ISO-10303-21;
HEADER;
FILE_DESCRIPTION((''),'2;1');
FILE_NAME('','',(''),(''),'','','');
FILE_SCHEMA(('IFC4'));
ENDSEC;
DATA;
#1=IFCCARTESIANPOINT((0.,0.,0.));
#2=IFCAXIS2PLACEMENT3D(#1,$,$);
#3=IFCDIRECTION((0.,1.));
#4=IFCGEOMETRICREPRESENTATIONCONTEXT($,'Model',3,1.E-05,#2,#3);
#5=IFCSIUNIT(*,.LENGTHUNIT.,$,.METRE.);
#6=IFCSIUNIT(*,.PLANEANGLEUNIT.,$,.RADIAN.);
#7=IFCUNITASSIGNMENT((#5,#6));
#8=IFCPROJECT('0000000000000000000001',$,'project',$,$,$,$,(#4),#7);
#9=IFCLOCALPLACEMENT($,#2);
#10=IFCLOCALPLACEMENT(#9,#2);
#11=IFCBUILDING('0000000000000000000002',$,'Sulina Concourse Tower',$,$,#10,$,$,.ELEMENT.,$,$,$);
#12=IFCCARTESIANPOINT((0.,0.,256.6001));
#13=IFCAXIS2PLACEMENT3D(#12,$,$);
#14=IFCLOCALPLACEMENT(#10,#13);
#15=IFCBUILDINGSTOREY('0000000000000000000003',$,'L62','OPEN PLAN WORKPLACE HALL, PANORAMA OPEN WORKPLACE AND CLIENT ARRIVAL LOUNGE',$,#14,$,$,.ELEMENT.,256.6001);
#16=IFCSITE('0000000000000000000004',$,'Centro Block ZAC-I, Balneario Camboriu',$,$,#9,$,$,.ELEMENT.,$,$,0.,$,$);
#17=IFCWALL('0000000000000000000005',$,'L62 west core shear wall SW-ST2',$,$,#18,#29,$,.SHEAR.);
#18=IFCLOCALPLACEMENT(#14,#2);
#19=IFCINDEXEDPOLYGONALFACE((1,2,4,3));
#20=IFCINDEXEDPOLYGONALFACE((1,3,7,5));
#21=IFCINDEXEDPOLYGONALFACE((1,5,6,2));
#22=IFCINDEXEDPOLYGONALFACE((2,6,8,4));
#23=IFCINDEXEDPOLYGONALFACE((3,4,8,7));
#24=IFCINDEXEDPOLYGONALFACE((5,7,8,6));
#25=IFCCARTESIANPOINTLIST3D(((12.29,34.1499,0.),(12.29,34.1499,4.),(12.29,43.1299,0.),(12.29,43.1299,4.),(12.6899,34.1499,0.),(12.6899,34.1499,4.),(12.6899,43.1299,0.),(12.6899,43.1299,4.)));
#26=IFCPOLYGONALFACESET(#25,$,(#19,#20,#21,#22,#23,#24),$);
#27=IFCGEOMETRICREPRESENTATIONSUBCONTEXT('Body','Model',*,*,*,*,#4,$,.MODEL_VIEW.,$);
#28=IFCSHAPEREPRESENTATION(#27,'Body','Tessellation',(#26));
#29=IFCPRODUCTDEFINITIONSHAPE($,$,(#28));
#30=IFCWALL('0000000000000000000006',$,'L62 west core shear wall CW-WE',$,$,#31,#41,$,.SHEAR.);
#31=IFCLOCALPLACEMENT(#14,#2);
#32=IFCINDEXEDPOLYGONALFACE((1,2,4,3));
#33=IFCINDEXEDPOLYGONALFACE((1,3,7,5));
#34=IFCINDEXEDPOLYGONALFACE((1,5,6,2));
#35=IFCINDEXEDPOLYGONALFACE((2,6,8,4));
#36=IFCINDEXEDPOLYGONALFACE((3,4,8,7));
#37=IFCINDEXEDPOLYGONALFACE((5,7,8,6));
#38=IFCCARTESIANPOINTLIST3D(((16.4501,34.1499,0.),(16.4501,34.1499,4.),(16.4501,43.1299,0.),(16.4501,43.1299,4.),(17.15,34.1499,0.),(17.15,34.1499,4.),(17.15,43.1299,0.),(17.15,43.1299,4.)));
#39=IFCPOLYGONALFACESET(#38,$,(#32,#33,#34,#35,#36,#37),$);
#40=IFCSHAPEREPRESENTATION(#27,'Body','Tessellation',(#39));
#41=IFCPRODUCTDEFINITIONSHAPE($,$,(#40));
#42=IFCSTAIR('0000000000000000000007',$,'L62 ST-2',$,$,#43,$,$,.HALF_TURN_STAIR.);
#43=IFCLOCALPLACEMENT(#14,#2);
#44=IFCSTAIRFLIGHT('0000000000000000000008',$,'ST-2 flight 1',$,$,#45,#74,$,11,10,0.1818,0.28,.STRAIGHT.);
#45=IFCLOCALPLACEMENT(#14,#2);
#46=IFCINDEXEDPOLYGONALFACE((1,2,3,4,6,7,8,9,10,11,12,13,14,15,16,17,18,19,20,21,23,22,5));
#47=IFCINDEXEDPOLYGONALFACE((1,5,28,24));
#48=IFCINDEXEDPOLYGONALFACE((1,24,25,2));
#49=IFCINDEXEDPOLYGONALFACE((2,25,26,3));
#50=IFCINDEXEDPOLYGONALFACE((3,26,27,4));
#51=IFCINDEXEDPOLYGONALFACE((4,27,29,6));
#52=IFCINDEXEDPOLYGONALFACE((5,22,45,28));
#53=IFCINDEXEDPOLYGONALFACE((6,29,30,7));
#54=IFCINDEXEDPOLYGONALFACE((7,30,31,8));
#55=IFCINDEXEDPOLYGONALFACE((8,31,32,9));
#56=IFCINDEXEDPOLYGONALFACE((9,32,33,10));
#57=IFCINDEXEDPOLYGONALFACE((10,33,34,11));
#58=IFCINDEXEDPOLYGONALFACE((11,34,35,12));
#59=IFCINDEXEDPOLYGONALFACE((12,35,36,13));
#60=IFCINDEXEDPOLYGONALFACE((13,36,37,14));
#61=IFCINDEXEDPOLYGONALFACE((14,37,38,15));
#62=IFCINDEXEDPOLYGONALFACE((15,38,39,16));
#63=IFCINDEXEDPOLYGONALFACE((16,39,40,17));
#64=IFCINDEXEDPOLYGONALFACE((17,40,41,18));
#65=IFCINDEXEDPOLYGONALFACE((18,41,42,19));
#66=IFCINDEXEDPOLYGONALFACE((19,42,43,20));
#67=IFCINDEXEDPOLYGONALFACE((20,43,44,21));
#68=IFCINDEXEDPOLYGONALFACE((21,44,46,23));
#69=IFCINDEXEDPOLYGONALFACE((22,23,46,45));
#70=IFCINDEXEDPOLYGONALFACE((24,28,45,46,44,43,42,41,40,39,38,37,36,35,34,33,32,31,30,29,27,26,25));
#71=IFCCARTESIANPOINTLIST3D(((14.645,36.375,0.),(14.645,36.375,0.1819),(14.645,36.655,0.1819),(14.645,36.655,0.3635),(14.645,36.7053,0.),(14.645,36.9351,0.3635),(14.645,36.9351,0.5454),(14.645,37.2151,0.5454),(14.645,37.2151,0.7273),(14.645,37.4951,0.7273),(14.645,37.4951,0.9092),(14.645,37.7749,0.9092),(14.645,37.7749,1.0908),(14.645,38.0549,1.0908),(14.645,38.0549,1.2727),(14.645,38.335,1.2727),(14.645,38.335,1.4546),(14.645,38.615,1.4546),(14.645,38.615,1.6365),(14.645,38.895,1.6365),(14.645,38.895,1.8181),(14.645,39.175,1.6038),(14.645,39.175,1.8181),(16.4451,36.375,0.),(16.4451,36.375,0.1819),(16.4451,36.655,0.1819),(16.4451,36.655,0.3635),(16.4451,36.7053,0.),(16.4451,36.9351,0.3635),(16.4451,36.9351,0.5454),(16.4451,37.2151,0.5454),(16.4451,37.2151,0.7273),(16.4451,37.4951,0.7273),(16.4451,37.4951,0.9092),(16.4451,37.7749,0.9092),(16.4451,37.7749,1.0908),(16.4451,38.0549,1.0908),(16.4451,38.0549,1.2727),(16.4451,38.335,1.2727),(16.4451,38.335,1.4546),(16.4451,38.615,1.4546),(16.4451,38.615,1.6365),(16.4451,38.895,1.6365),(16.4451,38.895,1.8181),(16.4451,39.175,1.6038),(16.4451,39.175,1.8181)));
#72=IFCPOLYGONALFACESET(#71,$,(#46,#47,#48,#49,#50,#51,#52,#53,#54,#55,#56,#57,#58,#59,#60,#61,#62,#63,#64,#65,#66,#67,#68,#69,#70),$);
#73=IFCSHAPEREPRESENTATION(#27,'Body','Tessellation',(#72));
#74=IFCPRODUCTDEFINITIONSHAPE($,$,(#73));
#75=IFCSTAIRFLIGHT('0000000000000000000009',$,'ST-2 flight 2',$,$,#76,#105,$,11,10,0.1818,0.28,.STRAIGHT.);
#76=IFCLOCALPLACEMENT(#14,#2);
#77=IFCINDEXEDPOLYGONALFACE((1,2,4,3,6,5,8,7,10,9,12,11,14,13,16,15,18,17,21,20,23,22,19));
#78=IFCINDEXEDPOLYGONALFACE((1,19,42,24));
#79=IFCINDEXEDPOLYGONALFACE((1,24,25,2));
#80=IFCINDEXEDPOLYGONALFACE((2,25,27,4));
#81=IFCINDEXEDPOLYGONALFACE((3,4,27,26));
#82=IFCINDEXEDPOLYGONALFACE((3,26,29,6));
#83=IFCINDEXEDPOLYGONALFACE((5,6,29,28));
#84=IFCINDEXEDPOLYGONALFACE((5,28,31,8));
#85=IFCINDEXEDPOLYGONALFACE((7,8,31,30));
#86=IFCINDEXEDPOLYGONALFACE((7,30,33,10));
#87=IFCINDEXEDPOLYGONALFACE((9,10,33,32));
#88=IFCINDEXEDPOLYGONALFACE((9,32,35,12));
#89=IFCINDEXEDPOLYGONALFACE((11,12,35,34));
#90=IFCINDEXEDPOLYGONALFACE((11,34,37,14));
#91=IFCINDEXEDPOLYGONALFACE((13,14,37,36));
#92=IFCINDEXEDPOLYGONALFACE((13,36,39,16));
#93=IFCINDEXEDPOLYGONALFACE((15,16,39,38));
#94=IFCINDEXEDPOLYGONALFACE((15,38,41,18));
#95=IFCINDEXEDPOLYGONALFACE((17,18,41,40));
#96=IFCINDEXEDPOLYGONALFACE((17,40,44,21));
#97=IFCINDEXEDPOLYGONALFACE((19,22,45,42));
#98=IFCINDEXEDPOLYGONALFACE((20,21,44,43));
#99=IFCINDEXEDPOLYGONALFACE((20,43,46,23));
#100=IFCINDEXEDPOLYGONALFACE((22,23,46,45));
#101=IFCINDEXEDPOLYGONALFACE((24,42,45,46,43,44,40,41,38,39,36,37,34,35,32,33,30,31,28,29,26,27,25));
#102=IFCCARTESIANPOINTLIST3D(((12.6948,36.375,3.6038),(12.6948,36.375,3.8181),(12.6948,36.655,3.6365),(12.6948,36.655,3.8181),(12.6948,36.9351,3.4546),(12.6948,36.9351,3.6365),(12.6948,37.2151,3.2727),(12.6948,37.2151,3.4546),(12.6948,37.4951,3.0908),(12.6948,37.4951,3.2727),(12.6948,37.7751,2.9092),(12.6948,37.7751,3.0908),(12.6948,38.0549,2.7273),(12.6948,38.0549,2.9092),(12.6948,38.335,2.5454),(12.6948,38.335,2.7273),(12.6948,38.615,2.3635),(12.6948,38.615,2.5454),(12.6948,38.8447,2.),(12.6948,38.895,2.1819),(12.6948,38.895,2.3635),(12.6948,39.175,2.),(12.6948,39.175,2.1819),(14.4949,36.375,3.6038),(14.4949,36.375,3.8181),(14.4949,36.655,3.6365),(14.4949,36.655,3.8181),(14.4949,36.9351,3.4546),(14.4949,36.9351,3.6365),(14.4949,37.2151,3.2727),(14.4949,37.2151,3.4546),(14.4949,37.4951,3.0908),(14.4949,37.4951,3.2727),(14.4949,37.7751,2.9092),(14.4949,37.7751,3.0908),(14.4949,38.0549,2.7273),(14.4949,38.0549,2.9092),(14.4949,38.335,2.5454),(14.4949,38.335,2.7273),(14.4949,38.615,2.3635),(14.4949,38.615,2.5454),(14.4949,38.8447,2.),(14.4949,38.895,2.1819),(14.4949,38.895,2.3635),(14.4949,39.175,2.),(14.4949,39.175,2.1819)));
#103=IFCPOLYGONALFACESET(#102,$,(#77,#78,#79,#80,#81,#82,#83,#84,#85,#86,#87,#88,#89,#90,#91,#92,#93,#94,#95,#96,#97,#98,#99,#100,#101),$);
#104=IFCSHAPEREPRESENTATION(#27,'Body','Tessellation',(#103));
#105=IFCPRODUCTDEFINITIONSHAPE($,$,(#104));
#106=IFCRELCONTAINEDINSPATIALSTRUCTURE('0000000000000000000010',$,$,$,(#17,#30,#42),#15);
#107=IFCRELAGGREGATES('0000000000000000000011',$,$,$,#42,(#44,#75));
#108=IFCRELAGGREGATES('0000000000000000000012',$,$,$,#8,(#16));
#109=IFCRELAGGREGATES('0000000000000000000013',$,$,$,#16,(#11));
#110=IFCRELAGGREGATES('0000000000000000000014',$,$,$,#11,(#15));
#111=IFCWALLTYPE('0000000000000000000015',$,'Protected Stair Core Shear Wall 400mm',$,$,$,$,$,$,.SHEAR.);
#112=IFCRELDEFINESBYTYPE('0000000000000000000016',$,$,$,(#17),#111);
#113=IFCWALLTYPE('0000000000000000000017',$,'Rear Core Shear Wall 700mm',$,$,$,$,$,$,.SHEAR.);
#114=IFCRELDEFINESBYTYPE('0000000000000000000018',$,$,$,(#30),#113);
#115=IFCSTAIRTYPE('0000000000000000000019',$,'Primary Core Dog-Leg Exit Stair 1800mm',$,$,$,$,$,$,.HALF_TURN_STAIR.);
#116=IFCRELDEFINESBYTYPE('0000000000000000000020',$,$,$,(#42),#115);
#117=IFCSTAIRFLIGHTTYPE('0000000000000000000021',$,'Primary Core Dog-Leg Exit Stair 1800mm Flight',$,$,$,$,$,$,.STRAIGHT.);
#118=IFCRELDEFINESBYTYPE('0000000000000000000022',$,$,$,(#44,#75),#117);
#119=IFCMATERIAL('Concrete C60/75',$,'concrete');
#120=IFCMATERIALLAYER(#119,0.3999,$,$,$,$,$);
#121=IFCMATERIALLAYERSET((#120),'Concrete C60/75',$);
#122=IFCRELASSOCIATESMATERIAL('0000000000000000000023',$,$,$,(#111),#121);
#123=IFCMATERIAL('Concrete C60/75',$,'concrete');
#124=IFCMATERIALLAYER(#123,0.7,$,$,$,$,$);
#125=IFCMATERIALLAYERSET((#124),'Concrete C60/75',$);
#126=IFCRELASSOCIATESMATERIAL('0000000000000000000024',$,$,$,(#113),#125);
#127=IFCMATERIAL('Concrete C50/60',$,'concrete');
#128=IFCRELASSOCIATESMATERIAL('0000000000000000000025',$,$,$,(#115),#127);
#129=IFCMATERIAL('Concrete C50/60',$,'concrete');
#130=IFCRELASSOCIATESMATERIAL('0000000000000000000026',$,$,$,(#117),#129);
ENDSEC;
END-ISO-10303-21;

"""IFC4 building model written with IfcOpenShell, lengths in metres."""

from ifc_helpers import new_model, si_unit, direction, frame, frame_2d, origin, place, context, subcontext, project, spatial, polyline, rectangle, outline, extrude, material, layer, layer_set, type_object, element, aggregate, save


model = new_model("IFC4")

# Units and contexts
model_context = context("Model", 3, precision=1e-05, world=origin(), true_north=direction((0.0, 1.0)))
body_context = subcontext(model_context, "Body", "Model", "MODEL_VIEW")
ifc_project = project(units=[si_unit("LENGTHUNIT", "METRE"), si_unit("PLANEANGLEUNIT", "RADIAN")], contexts=[model_context])

# Site, building, storey
site_placement = place(None, origin())
site = spatial("IfcSite", under=ifc_project, at=site_placement, Name="Centro Block ZAC-I, Balneario Camboriu", CompositionType="ELEMENT", RefElevation=0.0)
building_placement = place(site_placement, origin())
building = spatial("IfcBuilding", under=site, at=building_placement, Name="Sulina Concourse Tower", CompositionType="ELEMENT")
storey_placement = place(building_placement, frame((0.0, 0.0, 256.6001)))
storey = spatial("IfcBuildingStorey", under=building, at=storey_placement, Name="L62", Description="OPEN PLAN WORKPLACE HALL, PANORAMA OPEN WORKPLACE AND CLIENT ARRIVAL LOUNGE", CompositionType="ELEMENT", Elevation=256.6001)

# Shared definitions
ifc_material_1 = material(Name="Concrete C60/75", Category="concrete")
ifc_layer_1 = layer(ifc_material_1, 0.3999)
ifc_layer_set_1 = layer_set([ifc_layer_1], Name="Concrete C60/75")
wall_type_1 = type_object("IfcWallType", Name="Protected Stair Core Shear Wall 400mm", PredefinedType="SHEAR", material=ifc_layer_set_1)

# Walls
wall_1_placement = place(storey_placement, frame((12.49, 34.1499, 0.0), z_axis=(0.0, 0.0, 1.0), x_axis=(0.0, 1.0, 0.0)))
element("IfcWall", 1, at=wall_1_placement, inside=storey, type_object=wall_type_1, Name="L62 west core shear wall SW-ST2", PredefinedType="SHEAR", context=body_context, shape_type="SweptSolid", body=[
    extrude(rectangle(XDim=8.98, YDim=0.3999, at=frame_2d((4.49, 0.0))), origin(), (0.0, 0.0, 1.0), 4.0),
])
ifc_material_2 = material(Name="Concrete C60/75", Category="concrete")
ifc_layer_2 = layer(ifc_material_2, 0.7)
ifc_layer_set_2 = layer_set([ifc_layer_2], Name="Concrete C60/75")
wall_type_2 = type_object("IfcWallType", Name="Rear Core Shear Wall 700mm", PredefinedType="SHEAR", material=ifc_layer_set_2)
wall_2_placement = place(storey_placement, frame((16.8, 34.1499, 0.0), z_axis=(0.0, 0.0, 1.0), x_axis=(0.0, 1.0, 0.0)))
element("IfcWall", 2, at=wall_2_placement, inside=storey, type_object=wall_type_2, Name="L62 west core shear wall CW-WE", PredefinedType="SHEAR", context=body_context, shape_type="SweptSolid", body=[
    extrude(rectangle(XDim=8.98, YDim=0.7, at=frame_2d((4.49, 0.0))), origin(), (0.0, 0.0, 1.0), 4.0),
])

# Stair, stair flights
ifc_material_3 = material(Name="Concrete C50/60", Category="concrete")
stair_type = type_object("IfcStairType", Name="Primary Core Dog-Leg Exit Stair 1800mm", PredefinedType="HALF_TURN_STAIR", material=ifc_material_3)
stair_placement = place(storey_placement, origin())
stair = element("IfcStair", 3, at=stair_placement, inside=storey, type_object=stair_type, Name="L62 ST-2", PredefinedType="HALF_TURN_STAIR")
ifc_material_4 = material(Name="Concrete C50/60", Category="concrete")
stair_flight_type = type_object("IfcStairFlightType", Name="Primary Core Dog-Leg Exit Stair 1800mm Flight", PredefinedType="STRAIGHT", material=ifc_material_4)
stair_flight_1_placement = place(storey_placement, frame((15.5449, 36.375, 0.0), z_axis=(0.0, 0.0, 1.0), x_axis=(0.0, 1.0, 0.0)))
stair_flight_1 = element("IfcStairFlight", 4, at=stair_flight_1_placement, type_object=stair_flight_type, Name="ST-2 flight 1", NumberOfRisers=11, NumberOfTreads=10, PredefinedType="STRAIGHT", RiserHeight=0.1818, TreadLength=0.28, context=body_context, shape_type="SweptSolid", body=[
    extrude(outline(polyline([(0.0, 0.0), (0.0, 0.1819), (0.28, 0.1819), (0.28, 0.3635), (0.5601, 0.3635), (0.5601, 0.5454), (0.8401, 0.5454), (0.8401, 0.7273), (1.1201, 0.7273), (1.1201, 0.9092), (1.3999, 0.9092), (1.3999, 1.0908), (1.6799, 1.0908), (1.6799, 1.2727), (1.96, 1.2727), (1.96, 1.4546), (2.24, 1.4546), (2.24, 1.6365), (2.52, 1.6365), (2.52, 1.8181), (2.8, 1.8181), (2.8, 2.0), (2.8, 1.6038), (0.3303, 0.0), (0.0, 0.0)])), frame((0.0, 0.8999, 0.0), z_axis=(0.0, -1.0, 0.0), x_axis=(1.0, 0.0, 0.0)), (0.0, 0.0, 1.0), 1.8),
])
stair_flight_2_placement = place(storey_placement, frame((13.595, 39.175, 2.0), z_axis=(0.0, 0.0, 1.0), x_axis=(0.0, -1.0, 0.0)))
stair_flight_2 = element("IfcStairFlight", 5, at=stair_flight_2_placement, type_object=stair_flight_type, Name="ST-2 flight 2", NumberOfRisers=11, NumberOfTreads=10, PredefinedType="STRAIGHT", RiserHeight=0.1818, TreadLength=0.28, context=body_context, shape_type="SweptSolid", body=[
    extrude(outline(polyline([(0.0, 0.0), (0.0, 0.1819), (0.28, 0.1819), (0.28, 0.3635), (0.5601, 0.3635), (0.5601, 0.5454), (0.8401, 0.5454), (0.8401, 0.7273), (1.1201, 0.7273), (1.1201, 0.9092), (1.3999, 0.9092), (1.3999, 1.0908), (1.6799, 1.0908), (1.6799, 1.2727), (1.96, 1.2727), (1.96, 1.4546), (2.24, 1.4546), (2.24, 1.6365), (2.52, 1.6365), (2.52, 1.8181), (2.8, 1.8181), (2.8, 2.0), (2.8, 1.6038), (0.3303, 0.0), (0.0, 0.0)])), frame((0.0, 0.8999, 0.0), z_axis=(0.0, -1.0, 0.0), x_axis=(1.0, 0.0, 0.0)), (0.0, 0.0, 1.0), 1.8),
])
aggregate(stair, [stair_flight_1, stair_flight_2])

save(model, "model.ifc")
